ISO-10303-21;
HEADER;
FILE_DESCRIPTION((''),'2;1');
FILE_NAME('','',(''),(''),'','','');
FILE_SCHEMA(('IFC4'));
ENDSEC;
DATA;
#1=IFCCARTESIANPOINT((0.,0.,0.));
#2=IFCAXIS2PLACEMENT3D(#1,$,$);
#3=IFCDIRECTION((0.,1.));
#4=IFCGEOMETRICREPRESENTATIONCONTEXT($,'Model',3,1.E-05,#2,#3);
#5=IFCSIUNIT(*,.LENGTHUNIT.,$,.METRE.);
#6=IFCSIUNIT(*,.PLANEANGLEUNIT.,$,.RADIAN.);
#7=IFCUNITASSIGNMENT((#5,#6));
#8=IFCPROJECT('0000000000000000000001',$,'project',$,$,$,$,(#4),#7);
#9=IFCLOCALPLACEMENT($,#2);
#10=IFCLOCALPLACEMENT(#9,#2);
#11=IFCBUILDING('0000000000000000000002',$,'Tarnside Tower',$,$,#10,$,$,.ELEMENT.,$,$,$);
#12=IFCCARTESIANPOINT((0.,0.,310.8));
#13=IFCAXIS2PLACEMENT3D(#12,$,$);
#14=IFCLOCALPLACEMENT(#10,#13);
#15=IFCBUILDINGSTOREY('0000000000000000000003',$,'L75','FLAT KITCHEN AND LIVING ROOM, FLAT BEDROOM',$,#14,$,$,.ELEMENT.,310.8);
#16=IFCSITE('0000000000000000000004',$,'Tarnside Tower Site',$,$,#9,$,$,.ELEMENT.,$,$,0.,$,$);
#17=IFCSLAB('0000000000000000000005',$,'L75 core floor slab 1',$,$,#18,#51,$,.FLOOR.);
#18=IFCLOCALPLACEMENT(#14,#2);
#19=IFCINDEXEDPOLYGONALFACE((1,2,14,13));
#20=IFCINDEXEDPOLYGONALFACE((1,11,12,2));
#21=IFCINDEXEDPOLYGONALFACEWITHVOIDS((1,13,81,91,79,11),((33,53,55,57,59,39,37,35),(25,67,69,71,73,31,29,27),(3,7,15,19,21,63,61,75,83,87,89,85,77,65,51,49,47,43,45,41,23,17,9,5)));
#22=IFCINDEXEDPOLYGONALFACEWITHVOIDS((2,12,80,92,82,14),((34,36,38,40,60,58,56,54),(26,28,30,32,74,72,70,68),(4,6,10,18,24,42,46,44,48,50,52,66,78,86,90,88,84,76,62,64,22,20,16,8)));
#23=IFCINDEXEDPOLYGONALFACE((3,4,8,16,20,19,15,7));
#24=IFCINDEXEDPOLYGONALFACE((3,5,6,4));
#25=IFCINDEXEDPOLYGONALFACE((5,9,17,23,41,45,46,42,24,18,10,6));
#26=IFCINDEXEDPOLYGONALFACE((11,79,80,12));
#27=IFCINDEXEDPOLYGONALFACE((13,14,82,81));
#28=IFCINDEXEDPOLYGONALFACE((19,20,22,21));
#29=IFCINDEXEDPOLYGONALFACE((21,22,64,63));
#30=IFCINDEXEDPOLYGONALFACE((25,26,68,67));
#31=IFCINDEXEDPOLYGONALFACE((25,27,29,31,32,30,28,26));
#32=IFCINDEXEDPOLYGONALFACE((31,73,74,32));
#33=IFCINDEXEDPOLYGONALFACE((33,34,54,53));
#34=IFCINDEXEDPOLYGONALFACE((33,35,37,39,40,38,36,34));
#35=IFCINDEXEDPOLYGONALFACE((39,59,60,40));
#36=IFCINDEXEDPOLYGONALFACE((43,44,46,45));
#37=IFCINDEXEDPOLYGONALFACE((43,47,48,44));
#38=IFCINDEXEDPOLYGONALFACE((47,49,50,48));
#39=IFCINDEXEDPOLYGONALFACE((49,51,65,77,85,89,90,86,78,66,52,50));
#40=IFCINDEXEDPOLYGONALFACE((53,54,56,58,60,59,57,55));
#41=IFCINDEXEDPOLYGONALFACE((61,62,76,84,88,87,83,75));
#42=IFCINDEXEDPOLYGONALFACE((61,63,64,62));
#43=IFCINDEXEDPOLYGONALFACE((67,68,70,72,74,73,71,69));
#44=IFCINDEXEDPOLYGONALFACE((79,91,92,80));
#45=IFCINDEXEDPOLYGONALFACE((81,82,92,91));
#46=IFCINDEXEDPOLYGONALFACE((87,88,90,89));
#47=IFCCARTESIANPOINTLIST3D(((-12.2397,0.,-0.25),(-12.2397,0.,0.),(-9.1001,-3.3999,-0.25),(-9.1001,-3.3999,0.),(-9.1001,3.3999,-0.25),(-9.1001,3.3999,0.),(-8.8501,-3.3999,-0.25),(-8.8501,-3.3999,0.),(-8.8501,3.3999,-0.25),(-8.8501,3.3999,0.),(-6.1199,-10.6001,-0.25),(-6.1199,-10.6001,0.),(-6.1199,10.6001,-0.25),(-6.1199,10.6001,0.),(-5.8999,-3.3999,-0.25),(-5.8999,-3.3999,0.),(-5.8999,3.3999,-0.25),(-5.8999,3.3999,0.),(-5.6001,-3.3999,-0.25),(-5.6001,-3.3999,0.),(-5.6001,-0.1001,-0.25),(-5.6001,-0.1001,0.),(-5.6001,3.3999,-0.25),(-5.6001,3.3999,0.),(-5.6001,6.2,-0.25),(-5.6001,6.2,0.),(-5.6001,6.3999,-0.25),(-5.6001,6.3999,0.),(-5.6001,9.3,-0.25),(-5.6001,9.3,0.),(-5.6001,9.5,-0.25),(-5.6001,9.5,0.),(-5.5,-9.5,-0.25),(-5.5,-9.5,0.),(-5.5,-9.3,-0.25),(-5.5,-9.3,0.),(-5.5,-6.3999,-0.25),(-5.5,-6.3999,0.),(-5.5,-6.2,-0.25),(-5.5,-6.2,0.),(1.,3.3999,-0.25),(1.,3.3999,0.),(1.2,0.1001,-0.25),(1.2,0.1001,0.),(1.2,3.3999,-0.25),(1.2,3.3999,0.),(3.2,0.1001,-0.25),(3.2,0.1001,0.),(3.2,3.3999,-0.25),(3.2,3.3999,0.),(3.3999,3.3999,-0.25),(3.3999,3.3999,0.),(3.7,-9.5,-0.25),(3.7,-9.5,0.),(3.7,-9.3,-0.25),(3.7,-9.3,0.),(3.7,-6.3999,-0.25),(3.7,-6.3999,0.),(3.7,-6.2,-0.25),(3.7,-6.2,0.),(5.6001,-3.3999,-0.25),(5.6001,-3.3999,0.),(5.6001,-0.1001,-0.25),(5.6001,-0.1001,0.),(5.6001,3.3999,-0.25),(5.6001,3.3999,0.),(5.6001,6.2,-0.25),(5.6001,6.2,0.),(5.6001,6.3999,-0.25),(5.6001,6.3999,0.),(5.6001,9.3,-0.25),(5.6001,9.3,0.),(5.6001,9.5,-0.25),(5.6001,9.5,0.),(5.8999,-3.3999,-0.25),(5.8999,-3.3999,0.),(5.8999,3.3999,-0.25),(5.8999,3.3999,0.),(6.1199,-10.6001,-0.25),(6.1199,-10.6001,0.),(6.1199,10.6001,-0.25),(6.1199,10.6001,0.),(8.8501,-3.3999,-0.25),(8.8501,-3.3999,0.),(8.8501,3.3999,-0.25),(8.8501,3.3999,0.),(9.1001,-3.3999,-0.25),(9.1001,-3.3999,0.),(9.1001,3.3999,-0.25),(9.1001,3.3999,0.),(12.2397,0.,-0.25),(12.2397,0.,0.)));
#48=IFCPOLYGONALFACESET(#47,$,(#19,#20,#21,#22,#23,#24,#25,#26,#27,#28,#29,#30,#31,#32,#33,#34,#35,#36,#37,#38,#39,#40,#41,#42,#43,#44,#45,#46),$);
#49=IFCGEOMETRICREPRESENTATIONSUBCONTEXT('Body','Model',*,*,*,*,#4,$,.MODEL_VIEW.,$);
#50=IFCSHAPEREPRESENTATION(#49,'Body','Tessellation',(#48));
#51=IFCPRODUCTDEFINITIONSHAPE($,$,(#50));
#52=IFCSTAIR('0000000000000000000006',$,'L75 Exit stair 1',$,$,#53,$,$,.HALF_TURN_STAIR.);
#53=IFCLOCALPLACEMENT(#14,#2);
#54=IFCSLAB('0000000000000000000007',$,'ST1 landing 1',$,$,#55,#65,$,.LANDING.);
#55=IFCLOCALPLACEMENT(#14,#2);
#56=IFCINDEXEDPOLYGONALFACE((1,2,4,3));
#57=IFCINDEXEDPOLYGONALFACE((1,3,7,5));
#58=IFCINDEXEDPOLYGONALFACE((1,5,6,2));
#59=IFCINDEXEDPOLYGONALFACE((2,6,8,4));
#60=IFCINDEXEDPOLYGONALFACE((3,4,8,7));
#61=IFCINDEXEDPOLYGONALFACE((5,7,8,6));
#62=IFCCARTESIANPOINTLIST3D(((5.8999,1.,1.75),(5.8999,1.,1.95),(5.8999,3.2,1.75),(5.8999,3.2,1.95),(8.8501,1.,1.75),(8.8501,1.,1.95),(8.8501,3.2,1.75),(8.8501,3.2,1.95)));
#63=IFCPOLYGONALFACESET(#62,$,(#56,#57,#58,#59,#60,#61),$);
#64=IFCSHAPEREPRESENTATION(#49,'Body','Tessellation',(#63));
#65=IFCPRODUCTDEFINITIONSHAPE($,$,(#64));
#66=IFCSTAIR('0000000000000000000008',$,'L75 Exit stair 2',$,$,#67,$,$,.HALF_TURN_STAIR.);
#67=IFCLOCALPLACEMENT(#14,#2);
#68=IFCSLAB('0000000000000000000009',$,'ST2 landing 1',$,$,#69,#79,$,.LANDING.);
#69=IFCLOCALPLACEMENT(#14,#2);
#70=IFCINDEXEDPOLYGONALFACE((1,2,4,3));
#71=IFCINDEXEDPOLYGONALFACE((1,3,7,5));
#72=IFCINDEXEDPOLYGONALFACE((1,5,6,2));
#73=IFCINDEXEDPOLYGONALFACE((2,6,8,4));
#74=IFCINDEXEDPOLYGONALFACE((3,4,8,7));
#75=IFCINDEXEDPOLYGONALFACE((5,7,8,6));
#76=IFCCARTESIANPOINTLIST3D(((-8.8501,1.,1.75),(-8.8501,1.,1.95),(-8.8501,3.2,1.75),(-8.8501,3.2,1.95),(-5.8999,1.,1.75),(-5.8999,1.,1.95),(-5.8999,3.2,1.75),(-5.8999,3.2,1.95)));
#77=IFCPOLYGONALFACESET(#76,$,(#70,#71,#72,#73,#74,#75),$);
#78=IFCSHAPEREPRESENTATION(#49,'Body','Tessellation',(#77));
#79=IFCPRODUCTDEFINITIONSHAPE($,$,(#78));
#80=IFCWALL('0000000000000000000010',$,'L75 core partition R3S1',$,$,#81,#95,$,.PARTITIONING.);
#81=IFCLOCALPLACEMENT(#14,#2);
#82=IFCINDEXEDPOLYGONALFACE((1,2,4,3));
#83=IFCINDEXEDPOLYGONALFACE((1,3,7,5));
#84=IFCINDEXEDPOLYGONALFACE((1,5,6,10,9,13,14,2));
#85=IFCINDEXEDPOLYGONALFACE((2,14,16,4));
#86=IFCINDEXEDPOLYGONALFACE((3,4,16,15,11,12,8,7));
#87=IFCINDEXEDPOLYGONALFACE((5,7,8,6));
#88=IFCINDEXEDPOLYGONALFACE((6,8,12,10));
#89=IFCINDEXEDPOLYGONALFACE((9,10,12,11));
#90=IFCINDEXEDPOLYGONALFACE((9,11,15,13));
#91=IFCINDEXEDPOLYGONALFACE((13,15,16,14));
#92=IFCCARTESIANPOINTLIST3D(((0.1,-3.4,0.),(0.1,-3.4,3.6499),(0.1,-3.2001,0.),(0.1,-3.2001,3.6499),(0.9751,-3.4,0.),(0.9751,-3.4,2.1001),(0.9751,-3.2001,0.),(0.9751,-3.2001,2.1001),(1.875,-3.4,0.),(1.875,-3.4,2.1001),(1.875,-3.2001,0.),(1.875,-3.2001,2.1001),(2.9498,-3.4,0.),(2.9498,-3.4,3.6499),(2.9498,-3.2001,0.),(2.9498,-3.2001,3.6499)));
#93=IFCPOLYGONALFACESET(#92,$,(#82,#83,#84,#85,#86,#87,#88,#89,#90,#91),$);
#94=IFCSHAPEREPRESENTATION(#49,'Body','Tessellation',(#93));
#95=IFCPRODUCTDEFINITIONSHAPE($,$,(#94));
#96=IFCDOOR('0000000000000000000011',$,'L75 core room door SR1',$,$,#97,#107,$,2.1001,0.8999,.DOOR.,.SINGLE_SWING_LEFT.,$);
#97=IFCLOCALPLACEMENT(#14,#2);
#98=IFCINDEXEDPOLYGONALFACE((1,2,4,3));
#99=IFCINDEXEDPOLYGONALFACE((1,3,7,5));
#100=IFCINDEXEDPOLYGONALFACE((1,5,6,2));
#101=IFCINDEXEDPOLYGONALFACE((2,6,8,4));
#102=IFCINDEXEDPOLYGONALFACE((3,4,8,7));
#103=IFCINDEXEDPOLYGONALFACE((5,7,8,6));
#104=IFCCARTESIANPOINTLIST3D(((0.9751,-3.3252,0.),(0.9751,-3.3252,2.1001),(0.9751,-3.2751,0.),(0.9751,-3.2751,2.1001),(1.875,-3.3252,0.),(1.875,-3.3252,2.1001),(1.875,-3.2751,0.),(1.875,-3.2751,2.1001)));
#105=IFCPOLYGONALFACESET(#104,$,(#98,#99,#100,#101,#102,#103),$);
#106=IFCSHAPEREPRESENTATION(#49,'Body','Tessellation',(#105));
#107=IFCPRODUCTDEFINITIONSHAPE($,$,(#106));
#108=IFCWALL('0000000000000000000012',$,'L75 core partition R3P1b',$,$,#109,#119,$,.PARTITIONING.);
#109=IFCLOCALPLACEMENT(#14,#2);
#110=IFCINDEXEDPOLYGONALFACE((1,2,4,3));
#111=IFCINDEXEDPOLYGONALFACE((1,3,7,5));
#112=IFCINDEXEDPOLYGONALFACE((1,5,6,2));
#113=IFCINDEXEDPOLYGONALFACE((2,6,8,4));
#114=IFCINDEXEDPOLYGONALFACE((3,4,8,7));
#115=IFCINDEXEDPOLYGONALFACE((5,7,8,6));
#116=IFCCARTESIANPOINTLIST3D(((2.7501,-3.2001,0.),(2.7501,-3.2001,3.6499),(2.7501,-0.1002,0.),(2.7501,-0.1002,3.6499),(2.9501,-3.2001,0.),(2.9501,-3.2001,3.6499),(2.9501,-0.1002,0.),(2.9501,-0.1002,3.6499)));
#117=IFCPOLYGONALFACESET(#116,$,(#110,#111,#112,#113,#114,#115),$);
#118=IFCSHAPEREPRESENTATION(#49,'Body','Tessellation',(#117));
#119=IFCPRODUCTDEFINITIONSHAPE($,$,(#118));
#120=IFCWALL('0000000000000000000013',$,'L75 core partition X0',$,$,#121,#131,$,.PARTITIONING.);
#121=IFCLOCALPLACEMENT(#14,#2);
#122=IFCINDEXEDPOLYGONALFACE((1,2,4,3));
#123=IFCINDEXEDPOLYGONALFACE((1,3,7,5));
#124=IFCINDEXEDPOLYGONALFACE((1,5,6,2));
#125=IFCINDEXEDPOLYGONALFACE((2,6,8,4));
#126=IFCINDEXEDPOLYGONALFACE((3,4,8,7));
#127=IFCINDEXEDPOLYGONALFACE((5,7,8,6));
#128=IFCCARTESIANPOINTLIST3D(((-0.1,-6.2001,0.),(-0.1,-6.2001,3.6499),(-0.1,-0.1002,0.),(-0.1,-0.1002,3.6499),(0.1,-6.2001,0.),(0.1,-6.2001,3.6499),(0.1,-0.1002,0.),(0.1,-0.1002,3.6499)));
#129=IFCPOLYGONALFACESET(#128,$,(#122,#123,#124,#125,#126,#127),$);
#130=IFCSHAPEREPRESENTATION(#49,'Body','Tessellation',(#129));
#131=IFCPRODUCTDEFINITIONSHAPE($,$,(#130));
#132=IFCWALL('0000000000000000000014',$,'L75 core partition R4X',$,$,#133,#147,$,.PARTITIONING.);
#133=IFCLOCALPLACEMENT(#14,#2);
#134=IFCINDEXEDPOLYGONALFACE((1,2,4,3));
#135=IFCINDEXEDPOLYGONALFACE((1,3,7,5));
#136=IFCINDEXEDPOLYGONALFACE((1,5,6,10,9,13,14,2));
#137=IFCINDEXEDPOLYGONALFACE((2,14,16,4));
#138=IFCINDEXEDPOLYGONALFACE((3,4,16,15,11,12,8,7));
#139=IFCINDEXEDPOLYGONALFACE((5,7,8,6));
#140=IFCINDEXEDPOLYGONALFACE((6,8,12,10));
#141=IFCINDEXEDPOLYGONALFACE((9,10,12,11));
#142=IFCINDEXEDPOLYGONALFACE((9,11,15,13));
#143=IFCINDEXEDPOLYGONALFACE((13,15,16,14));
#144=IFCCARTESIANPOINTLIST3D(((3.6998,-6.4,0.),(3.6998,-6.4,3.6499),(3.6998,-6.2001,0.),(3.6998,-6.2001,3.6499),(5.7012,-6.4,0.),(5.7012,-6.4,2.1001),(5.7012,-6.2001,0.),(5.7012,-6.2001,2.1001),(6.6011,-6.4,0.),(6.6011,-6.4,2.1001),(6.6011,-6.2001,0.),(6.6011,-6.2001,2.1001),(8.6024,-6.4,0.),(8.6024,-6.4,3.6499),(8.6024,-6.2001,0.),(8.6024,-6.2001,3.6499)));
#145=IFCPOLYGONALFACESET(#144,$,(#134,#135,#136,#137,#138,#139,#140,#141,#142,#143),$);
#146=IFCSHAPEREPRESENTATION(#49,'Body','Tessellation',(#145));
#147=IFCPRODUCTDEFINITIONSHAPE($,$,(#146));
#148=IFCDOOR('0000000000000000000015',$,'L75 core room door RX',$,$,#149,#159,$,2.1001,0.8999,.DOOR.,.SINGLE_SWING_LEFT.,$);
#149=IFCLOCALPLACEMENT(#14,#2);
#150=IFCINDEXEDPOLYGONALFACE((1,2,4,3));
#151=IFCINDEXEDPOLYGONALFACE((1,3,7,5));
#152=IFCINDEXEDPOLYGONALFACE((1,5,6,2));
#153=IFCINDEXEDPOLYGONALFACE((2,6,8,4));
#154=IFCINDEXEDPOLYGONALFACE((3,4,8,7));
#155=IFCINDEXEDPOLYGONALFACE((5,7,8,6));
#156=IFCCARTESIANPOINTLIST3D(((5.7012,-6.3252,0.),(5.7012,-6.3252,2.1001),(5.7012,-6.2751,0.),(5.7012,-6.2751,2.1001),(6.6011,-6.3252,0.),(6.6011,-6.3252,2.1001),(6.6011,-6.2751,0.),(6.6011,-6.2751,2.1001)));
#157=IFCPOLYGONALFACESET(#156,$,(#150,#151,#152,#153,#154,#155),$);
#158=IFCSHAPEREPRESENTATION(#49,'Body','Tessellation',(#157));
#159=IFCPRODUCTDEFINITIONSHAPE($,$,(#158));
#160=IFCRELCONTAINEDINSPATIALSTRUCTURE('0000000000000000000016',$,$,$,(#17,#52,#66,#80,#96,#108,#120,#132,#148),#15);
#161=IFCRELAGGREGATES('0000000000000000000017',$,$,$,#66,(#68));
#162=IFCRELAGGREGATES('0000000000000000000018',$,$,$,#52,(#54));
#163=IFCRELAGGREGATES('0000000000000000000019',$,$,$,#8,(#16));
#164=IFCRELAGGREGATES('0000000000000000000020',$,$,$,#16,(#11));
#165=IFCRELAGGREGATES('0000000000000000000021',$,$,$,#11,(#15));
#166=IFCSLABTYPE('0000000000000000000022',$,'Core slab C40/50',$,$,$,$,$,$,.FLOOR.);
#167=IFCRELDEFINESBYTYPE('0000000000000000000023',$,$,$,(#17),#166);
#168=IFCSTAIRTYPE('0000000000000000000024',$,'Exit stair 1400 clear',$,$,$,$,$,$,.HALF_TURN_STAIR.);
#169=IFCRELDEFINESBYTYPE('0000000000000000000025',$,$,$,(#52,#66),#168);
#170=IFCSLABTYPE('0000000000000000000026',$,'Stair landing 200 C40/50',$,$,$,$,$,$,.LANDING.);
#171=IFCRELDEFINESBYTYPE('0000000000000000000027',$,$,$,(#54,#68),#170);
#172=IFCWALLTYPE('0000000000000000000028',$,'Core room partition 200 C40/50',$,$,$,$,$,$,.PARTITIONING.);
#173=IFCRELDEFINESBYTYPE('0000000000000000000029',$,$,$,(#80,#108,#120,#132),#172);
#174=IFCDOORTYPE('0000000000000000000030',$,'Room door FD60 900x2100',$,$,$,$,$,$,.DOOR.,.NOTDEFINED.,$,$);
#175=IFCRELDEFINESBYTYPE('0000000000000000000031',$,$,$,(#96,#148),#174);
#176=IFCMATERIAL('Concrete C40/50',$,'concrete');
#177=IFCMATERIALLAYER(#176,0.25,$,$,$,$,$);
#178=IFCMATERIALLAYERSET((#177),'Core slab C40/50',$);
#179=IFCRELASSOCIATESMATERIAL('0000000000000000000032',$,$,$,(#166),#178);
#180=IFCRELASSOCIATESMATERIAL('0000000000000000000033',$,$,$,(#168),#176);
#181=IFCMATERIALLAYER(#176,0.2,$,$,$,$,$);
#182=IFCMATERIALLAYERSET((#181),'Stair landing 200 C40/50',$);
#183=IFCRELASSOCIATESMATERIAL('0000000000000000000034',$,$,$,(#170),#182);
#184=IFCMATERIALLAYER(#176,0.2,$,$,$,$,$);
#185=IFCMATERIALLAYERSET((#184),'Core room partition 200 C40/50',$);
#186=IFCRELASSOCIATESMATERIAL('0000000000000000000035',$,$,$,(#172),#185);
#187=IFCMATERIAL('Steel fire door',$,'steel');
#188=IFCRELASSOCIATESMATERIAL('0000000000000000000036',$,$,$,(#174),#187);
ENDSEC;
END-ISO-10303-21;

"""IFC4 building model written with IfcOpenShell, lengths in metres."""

from ifc_helpers import new_model, si_unit, direction, frame, frame_2d, origin, place, context, subcontext, project, spatial, polyline, rectangle, outline, extrude, material, layer, layer_set, type_object, element, fill, aggregate, save


model = new_model("IFC4")

# Units and contexts
model_context = context("Model", 3, precision=1e-05, world=origin(), true_north=direction((0.0, 1.0)))
body_context = subcontext(model_context, "Body", "Model", "MODEL_VIEW")
ifc_project = project(units=[si_unit("LENGTHUNIT", "METRE"), si_unit("PLANEANGLEUNIT", "RADIAN")], contexts=[model_context])

# Site, building, storey
site_placement = place(None, origin())
site = spatial("IfcSite", under=ifc_project, at=site_placement, Name="Tarnside Tower Site", CompositionType="ELEMENT", RefElevation=0.0)
building_placement = place(site_placement, origin())
building = spatial("IfcBuilding", under=site, at=building_placement, Name="Tarnside Tower", CompositionType="ELEMENT")
storey_placement = place(building_placement, frame((0.0, 0.0, 310.8)))
storey = spatial("IfcBuildingStorey", under=building, at=storey_placement, Name="L75", Description="FLAT KITCHEN AND LIVING ROOM, FLAT BEDROOM", CompositionType="ELEMENT", Elevation=310.8)

# Slab
ifc_material_1 = material(Name="Concrete C40/50", Category="concrete")
ifc_layer_1 = layer(ifc_material_1, 0.25)
ifc_layer_set_1 = layer_set([ifc_layer_1], Name="Core slab C40/50")
slab_type_1 = type_object("IfcSlabType", Name="Core slab C40/50", PredefinedType="FLOOR", material=ifc_layer_set_1)
slab_1_placement = place(storey_placement, frame((0.0, 0.0, -0.25)))
element("IfcSlab", 1, at=slab_1_placement, inside=storey, type_object=slab_type_1, Name="L75 core floor slab 1", PredefinedType="FLOOR", context=body_context, shape_type="SweptSolid", body=[
    extrude(outline(polyline([(6.1199, 10.6001), (12.2397, 0.0), (6.1199, -10.6001), (-6.1199, -10.6001), (-12.2397, 0.0), (-6.1199, 10.6001), (6.1199, 10.6001)]), holes=[polyline([(-5.5, -9.5), (3.7, -9.5), (3.7, -9.3), (3.7, -6.3999), (3.7, -6.2), (-5.5, -6.2), (-5.5, -6.3999), (-5.5, -9.3), (-5.5, -9.5)]), polyline([(-5.6001, -3.3999), (-5.6001, -0.1001), (5.6001, -0.1001), (5.6001, -3.3999), (5.8999, -3.3999), (8.8501, -3.3999), (9.1001, -3.3999), (9.1001, 3.3999), (8.8501, 3.3999), (5.8999, 3.3999), (5.6001, 3.3999), (3.3999, 3.3999), (3.2, 3.3999), (3.2, 0.1001), (1.2, 0.1001), (1.2, 3.3999), (1.0, 3.3999), (-5.6001, 3.3999), (-5.8999, 3.3999), (-8.8501, 3.3999), (-9.1001, 3.3999), (-9.1001, -3.3999), (-8.8501, -3.3999), (-5.8999, -3.3999), (-5.6001, -3.3999)]), polyline([(-5.6001, 6.2), (5.6001, 6.2), (5.6001, 6.3999), (5.6001, 9.3), (5.6001, 9.5), (-5.6001, 9.5), (-5.6001, 9.3), (-5.6001, 6.3999), (-5.6001, 6.2)])]), origin(), (0.0, 0.0, 1.0), 0.25),
])

# Stairs, slabs
stair_type = type_object("IfcStairType", Name="Exit stair 1400 clear", PredefinedType="HALF_TURN_STAIR", material=ifc_material_1)
stair_1_placement = place(storey_placement, origin())
stair_1 = element("IfcStair", 2, at=stair_1_placement, inside=storey, type_object=stair_type, Name="L75 Exit stair 1", PredefinedType="HALF_TURN_STAIR")
ifc_layer_2 = layer(ifc_material_1, 0.2)
ifc_layer_set_2 = layer_set([ifc_layer_2], Name="Stair landing 200 C40/50")
slab_type_2 = type_object("IfcSlabType", Name="Stair landing 200 C40/50", PredefinedType="LANDING", material=ifc_layer_set_2)
slab_2_placement = place(storey_placement, frame((0.0, 0.0, 1.75)))
slab_2 = element("IfcSlab", 3, at=slab_2_placement, type_object=slab_type_2, Name="ST1 landing 1", PredefinedType="LANDING", context=body_context, shape_type="SweptSolid", body=[
    extrude(outline(polyline([(8.8501, 1.0), (8.8501, 3.2), (5.8999, 3.2), (5.8999, 1.0), (8.8501, 1.0)])), origin(), (0.0, 0.0, 1.0), 0.2),
])
stair_2_placement = place(storey_placement, origin())
stair_2 = element("IfcStair", 4, at=stair_2_placement, inside=storey, type_object=stair_type, Name="L75 Exit stair 2", PredefinedType="HALF_TURN_STAIR")
slab_3_placement = place(storey_placement, frame((0.0, 0.0, 1.75)))
slab_3 = element("IfcSlab", 5, at=slab_3_placement, type_object=slab_type_2, Name="ST2 landing 1", PredefinedType="LANDING", context=body_context, shape_type="SweptSolid", body=[
    extrude(outline(polyline([(-5.8999, 1.0), (-5.8999, 3.2), (-8.8501, 3.2), (-8.8501, 1.0), (-5.8999, 1.0)])), origin(), (0.0, 0.0, 1.0), 0.2),
])
aggregate(stair_2, [slab_3])

# Wall, opening, door
ifc_layer_3 = layer(ifc_material_1, 0.2)
ifc_layer_set_3 = layer_set([ifc_layer_3], Name="Core room partition 200 C40/50")
wall_type_1 = type_object("IfcWallType", Name="Core room partition 200 C40/50", PredefinedType="PARTITIONING", material=ifc_layer_set_3)
wall_1_placement = place(storey_placement, frame((0.1001, -3.3, 0.0), z_axis=(0.0, 0.0, 1.0), x_axis=(1.0, 0.0, 0.0)))
wall_1 = element("IfcWall", 6, at=wall_1_placement, inside=storey, type_object=wall_type_1, Name="L75 core partition R3S1", PredefinedType="PARTITIONING", context=body_context, shape_type="SweptSolid", body=[
    extrude(rectangle(XDim=2.8499, YDim=0.2, at=frame_2d((1.4248, 0.0))), origin(), (0.0, 0.0, 1.0), 3.6499),
])
opening_1_placement = place(wall_1_placement, frame((0.875, 0.0, 0.0)))
opening_1 = element("IfcOpeningElement", 7, at=opening_1_placement, cuts=wall_1, PredefinedType="OPENING", context=body_context, shape_type="SweptSolid", body=[
    extrude(rectangle(XDim=0.8999, YDim=2.1001, at=frame_2d((0.45, 1.05))), frame((0.0, 0.1099, 0.0), z_axis=(0.0, -1.0, 0.0), x_axis=(1.0, 0.0, 0.0)), (0.0, 0.0, 1.0), 0.22),
])
ifc_material_2 = material(Name="Steel fire door", Category="steel")
door_type_1 = type_object("IfcDoorType", Name="Room door FD60 900x2100", OperationType="NOTDEFINED", PredefinedType="DOOR", material=ifc_material_2)
door_1_placement = place(opening_1_placement, origin())
door_1 = element("IfcDoor", 8, at=door_1_placement, inside=storey, type_object=door_type_1, Name="L75 core room door SR1", OperationType="SINGLE_SWING_LEFT", OverallHeight=2.1001, OverallWidth=0.8999, PredefinedType="DOOR", context=body_context, shape_type="SweptSolid", body=[
    extrude(rectangle(XDim=0.8999, YDim=2.1001, at=frame_2d((0.45, 1.05))), frame((0.0, 0.0249, 0.0), z_axis=(0.0, -1.0, 0.0), x_axis=(1.0, 0.0, 0.0)), (0.0, 0.0, 1.0), 0.05),
])
fill(opening_1, door_1)

# Walls
wall_2_placement = place(storey_placement, frame((2.8501, -3.2, 0.0), z_axis=(0.0, 0.0, 1.0), x_axis=(0.0, 1.0, 0.0)))
element("IfcWall", 9, at=wall_2_placement, inside=storey, type_object=wall_type_1, Name="L75 core partition R3P1b", PredefinedType="PARTITIONING", context=body_context, shape_type="SweptSolid", body=[
    extrude(rectangle(XDim=3.0999, YDim=0.2, at=frame_2d((1.5498, 0.0))), origin(), (0.0, 0.0, 1.0), 3.6499),
])
wall_3_placement = place(storey_placement, frame((0.0, -6.2, 0.0), z_axis=(0.0, 0.0, 1.0), x_axis=(0.0, 1.0, 0.0)))
element("IfcWall", 10, at=wall_3_placement, inside=storey, type_object=wall_type_1, Name="L75 core partition X0", PredefinedType="PARTITIONING", context=body_context, shape_type="SweptSolid", body=[
    extrude(rectangle(XDim=6.0999, YDim=0.2, at=frame_2d((3.0498, 0.0))), origin(), (0.0, 0.0, 1.0), 3.6499),
])

# Wall, opening, door
wall_4_placement = place(storey_placement, frame((3.7, -6.3, 0.0), z_axis=(0.0, 0.0, 1.0), x_axis=(1.0, 0.0, 0.0)))
wall_4 = element("IfcWall", 11, at=wall_4_placement, inside=storey, type_object=wall_type_1, Name="L75 core partition R4X", PredefinedType="PARTITIONING", context=body_context, shape_type="SweptSolid", body=[
    extrude(rectangle(XDim=4.9026, YDim=0.2, at=frame_2d((2.4512, 0.0))), origin(), (0.0, 0.0, 1.0), 3.6499),
])
opening_2_placement = place(wall_4_placement, frame((2.0012, 0.0, 0.0)))
opening_2 = element("IfcOpeningElement", 12, at=opening_2_placement, cuts=wall_4, PredefinedType="OPENING", context=body_context, shape_type="SweptSolid", body=[
    extrude(rectangle(XDim=0.8999, YDim=2.1001, at=frame_2d((0.45, 1.05))), frame((0.0, 0.1099, 0.0), z_axis=(0.0, -1.0, 0.0), x_axis=(1.0, 0.0, 0.0)), (0.0, 0.0, 1.0), 0.22),
])
door_2_placement = place(opening_2_placement, origin())
door_2 = element("IfcDoor", 13, at=door_2_placement, inside=storey, type_object=door_type_1, Name="L75 core room door RX", OperationType="SINGLE_SWING_LEFT", OverallHeight=2.1001, OverallWidth=0.8999, PredefinedType="DOOR", context=body_context, shape_type="SweptSolid", body=[
    extrude(rectangle(XDim=0.8999, YDim=2.1001, at=frame_2d((0.45, 1.05))), frame((0.0, 0.0249, 0.0), z_axis=(0.0, -1.0, 0.0), x_axis=(1.0, 0.0, 0.0)), (0.0, 0.0, 1.0), 0.05),
])
fill(opening_2, door_2)

aggregate(stair_1, [slab_2])

save(model, "model.ifc")
